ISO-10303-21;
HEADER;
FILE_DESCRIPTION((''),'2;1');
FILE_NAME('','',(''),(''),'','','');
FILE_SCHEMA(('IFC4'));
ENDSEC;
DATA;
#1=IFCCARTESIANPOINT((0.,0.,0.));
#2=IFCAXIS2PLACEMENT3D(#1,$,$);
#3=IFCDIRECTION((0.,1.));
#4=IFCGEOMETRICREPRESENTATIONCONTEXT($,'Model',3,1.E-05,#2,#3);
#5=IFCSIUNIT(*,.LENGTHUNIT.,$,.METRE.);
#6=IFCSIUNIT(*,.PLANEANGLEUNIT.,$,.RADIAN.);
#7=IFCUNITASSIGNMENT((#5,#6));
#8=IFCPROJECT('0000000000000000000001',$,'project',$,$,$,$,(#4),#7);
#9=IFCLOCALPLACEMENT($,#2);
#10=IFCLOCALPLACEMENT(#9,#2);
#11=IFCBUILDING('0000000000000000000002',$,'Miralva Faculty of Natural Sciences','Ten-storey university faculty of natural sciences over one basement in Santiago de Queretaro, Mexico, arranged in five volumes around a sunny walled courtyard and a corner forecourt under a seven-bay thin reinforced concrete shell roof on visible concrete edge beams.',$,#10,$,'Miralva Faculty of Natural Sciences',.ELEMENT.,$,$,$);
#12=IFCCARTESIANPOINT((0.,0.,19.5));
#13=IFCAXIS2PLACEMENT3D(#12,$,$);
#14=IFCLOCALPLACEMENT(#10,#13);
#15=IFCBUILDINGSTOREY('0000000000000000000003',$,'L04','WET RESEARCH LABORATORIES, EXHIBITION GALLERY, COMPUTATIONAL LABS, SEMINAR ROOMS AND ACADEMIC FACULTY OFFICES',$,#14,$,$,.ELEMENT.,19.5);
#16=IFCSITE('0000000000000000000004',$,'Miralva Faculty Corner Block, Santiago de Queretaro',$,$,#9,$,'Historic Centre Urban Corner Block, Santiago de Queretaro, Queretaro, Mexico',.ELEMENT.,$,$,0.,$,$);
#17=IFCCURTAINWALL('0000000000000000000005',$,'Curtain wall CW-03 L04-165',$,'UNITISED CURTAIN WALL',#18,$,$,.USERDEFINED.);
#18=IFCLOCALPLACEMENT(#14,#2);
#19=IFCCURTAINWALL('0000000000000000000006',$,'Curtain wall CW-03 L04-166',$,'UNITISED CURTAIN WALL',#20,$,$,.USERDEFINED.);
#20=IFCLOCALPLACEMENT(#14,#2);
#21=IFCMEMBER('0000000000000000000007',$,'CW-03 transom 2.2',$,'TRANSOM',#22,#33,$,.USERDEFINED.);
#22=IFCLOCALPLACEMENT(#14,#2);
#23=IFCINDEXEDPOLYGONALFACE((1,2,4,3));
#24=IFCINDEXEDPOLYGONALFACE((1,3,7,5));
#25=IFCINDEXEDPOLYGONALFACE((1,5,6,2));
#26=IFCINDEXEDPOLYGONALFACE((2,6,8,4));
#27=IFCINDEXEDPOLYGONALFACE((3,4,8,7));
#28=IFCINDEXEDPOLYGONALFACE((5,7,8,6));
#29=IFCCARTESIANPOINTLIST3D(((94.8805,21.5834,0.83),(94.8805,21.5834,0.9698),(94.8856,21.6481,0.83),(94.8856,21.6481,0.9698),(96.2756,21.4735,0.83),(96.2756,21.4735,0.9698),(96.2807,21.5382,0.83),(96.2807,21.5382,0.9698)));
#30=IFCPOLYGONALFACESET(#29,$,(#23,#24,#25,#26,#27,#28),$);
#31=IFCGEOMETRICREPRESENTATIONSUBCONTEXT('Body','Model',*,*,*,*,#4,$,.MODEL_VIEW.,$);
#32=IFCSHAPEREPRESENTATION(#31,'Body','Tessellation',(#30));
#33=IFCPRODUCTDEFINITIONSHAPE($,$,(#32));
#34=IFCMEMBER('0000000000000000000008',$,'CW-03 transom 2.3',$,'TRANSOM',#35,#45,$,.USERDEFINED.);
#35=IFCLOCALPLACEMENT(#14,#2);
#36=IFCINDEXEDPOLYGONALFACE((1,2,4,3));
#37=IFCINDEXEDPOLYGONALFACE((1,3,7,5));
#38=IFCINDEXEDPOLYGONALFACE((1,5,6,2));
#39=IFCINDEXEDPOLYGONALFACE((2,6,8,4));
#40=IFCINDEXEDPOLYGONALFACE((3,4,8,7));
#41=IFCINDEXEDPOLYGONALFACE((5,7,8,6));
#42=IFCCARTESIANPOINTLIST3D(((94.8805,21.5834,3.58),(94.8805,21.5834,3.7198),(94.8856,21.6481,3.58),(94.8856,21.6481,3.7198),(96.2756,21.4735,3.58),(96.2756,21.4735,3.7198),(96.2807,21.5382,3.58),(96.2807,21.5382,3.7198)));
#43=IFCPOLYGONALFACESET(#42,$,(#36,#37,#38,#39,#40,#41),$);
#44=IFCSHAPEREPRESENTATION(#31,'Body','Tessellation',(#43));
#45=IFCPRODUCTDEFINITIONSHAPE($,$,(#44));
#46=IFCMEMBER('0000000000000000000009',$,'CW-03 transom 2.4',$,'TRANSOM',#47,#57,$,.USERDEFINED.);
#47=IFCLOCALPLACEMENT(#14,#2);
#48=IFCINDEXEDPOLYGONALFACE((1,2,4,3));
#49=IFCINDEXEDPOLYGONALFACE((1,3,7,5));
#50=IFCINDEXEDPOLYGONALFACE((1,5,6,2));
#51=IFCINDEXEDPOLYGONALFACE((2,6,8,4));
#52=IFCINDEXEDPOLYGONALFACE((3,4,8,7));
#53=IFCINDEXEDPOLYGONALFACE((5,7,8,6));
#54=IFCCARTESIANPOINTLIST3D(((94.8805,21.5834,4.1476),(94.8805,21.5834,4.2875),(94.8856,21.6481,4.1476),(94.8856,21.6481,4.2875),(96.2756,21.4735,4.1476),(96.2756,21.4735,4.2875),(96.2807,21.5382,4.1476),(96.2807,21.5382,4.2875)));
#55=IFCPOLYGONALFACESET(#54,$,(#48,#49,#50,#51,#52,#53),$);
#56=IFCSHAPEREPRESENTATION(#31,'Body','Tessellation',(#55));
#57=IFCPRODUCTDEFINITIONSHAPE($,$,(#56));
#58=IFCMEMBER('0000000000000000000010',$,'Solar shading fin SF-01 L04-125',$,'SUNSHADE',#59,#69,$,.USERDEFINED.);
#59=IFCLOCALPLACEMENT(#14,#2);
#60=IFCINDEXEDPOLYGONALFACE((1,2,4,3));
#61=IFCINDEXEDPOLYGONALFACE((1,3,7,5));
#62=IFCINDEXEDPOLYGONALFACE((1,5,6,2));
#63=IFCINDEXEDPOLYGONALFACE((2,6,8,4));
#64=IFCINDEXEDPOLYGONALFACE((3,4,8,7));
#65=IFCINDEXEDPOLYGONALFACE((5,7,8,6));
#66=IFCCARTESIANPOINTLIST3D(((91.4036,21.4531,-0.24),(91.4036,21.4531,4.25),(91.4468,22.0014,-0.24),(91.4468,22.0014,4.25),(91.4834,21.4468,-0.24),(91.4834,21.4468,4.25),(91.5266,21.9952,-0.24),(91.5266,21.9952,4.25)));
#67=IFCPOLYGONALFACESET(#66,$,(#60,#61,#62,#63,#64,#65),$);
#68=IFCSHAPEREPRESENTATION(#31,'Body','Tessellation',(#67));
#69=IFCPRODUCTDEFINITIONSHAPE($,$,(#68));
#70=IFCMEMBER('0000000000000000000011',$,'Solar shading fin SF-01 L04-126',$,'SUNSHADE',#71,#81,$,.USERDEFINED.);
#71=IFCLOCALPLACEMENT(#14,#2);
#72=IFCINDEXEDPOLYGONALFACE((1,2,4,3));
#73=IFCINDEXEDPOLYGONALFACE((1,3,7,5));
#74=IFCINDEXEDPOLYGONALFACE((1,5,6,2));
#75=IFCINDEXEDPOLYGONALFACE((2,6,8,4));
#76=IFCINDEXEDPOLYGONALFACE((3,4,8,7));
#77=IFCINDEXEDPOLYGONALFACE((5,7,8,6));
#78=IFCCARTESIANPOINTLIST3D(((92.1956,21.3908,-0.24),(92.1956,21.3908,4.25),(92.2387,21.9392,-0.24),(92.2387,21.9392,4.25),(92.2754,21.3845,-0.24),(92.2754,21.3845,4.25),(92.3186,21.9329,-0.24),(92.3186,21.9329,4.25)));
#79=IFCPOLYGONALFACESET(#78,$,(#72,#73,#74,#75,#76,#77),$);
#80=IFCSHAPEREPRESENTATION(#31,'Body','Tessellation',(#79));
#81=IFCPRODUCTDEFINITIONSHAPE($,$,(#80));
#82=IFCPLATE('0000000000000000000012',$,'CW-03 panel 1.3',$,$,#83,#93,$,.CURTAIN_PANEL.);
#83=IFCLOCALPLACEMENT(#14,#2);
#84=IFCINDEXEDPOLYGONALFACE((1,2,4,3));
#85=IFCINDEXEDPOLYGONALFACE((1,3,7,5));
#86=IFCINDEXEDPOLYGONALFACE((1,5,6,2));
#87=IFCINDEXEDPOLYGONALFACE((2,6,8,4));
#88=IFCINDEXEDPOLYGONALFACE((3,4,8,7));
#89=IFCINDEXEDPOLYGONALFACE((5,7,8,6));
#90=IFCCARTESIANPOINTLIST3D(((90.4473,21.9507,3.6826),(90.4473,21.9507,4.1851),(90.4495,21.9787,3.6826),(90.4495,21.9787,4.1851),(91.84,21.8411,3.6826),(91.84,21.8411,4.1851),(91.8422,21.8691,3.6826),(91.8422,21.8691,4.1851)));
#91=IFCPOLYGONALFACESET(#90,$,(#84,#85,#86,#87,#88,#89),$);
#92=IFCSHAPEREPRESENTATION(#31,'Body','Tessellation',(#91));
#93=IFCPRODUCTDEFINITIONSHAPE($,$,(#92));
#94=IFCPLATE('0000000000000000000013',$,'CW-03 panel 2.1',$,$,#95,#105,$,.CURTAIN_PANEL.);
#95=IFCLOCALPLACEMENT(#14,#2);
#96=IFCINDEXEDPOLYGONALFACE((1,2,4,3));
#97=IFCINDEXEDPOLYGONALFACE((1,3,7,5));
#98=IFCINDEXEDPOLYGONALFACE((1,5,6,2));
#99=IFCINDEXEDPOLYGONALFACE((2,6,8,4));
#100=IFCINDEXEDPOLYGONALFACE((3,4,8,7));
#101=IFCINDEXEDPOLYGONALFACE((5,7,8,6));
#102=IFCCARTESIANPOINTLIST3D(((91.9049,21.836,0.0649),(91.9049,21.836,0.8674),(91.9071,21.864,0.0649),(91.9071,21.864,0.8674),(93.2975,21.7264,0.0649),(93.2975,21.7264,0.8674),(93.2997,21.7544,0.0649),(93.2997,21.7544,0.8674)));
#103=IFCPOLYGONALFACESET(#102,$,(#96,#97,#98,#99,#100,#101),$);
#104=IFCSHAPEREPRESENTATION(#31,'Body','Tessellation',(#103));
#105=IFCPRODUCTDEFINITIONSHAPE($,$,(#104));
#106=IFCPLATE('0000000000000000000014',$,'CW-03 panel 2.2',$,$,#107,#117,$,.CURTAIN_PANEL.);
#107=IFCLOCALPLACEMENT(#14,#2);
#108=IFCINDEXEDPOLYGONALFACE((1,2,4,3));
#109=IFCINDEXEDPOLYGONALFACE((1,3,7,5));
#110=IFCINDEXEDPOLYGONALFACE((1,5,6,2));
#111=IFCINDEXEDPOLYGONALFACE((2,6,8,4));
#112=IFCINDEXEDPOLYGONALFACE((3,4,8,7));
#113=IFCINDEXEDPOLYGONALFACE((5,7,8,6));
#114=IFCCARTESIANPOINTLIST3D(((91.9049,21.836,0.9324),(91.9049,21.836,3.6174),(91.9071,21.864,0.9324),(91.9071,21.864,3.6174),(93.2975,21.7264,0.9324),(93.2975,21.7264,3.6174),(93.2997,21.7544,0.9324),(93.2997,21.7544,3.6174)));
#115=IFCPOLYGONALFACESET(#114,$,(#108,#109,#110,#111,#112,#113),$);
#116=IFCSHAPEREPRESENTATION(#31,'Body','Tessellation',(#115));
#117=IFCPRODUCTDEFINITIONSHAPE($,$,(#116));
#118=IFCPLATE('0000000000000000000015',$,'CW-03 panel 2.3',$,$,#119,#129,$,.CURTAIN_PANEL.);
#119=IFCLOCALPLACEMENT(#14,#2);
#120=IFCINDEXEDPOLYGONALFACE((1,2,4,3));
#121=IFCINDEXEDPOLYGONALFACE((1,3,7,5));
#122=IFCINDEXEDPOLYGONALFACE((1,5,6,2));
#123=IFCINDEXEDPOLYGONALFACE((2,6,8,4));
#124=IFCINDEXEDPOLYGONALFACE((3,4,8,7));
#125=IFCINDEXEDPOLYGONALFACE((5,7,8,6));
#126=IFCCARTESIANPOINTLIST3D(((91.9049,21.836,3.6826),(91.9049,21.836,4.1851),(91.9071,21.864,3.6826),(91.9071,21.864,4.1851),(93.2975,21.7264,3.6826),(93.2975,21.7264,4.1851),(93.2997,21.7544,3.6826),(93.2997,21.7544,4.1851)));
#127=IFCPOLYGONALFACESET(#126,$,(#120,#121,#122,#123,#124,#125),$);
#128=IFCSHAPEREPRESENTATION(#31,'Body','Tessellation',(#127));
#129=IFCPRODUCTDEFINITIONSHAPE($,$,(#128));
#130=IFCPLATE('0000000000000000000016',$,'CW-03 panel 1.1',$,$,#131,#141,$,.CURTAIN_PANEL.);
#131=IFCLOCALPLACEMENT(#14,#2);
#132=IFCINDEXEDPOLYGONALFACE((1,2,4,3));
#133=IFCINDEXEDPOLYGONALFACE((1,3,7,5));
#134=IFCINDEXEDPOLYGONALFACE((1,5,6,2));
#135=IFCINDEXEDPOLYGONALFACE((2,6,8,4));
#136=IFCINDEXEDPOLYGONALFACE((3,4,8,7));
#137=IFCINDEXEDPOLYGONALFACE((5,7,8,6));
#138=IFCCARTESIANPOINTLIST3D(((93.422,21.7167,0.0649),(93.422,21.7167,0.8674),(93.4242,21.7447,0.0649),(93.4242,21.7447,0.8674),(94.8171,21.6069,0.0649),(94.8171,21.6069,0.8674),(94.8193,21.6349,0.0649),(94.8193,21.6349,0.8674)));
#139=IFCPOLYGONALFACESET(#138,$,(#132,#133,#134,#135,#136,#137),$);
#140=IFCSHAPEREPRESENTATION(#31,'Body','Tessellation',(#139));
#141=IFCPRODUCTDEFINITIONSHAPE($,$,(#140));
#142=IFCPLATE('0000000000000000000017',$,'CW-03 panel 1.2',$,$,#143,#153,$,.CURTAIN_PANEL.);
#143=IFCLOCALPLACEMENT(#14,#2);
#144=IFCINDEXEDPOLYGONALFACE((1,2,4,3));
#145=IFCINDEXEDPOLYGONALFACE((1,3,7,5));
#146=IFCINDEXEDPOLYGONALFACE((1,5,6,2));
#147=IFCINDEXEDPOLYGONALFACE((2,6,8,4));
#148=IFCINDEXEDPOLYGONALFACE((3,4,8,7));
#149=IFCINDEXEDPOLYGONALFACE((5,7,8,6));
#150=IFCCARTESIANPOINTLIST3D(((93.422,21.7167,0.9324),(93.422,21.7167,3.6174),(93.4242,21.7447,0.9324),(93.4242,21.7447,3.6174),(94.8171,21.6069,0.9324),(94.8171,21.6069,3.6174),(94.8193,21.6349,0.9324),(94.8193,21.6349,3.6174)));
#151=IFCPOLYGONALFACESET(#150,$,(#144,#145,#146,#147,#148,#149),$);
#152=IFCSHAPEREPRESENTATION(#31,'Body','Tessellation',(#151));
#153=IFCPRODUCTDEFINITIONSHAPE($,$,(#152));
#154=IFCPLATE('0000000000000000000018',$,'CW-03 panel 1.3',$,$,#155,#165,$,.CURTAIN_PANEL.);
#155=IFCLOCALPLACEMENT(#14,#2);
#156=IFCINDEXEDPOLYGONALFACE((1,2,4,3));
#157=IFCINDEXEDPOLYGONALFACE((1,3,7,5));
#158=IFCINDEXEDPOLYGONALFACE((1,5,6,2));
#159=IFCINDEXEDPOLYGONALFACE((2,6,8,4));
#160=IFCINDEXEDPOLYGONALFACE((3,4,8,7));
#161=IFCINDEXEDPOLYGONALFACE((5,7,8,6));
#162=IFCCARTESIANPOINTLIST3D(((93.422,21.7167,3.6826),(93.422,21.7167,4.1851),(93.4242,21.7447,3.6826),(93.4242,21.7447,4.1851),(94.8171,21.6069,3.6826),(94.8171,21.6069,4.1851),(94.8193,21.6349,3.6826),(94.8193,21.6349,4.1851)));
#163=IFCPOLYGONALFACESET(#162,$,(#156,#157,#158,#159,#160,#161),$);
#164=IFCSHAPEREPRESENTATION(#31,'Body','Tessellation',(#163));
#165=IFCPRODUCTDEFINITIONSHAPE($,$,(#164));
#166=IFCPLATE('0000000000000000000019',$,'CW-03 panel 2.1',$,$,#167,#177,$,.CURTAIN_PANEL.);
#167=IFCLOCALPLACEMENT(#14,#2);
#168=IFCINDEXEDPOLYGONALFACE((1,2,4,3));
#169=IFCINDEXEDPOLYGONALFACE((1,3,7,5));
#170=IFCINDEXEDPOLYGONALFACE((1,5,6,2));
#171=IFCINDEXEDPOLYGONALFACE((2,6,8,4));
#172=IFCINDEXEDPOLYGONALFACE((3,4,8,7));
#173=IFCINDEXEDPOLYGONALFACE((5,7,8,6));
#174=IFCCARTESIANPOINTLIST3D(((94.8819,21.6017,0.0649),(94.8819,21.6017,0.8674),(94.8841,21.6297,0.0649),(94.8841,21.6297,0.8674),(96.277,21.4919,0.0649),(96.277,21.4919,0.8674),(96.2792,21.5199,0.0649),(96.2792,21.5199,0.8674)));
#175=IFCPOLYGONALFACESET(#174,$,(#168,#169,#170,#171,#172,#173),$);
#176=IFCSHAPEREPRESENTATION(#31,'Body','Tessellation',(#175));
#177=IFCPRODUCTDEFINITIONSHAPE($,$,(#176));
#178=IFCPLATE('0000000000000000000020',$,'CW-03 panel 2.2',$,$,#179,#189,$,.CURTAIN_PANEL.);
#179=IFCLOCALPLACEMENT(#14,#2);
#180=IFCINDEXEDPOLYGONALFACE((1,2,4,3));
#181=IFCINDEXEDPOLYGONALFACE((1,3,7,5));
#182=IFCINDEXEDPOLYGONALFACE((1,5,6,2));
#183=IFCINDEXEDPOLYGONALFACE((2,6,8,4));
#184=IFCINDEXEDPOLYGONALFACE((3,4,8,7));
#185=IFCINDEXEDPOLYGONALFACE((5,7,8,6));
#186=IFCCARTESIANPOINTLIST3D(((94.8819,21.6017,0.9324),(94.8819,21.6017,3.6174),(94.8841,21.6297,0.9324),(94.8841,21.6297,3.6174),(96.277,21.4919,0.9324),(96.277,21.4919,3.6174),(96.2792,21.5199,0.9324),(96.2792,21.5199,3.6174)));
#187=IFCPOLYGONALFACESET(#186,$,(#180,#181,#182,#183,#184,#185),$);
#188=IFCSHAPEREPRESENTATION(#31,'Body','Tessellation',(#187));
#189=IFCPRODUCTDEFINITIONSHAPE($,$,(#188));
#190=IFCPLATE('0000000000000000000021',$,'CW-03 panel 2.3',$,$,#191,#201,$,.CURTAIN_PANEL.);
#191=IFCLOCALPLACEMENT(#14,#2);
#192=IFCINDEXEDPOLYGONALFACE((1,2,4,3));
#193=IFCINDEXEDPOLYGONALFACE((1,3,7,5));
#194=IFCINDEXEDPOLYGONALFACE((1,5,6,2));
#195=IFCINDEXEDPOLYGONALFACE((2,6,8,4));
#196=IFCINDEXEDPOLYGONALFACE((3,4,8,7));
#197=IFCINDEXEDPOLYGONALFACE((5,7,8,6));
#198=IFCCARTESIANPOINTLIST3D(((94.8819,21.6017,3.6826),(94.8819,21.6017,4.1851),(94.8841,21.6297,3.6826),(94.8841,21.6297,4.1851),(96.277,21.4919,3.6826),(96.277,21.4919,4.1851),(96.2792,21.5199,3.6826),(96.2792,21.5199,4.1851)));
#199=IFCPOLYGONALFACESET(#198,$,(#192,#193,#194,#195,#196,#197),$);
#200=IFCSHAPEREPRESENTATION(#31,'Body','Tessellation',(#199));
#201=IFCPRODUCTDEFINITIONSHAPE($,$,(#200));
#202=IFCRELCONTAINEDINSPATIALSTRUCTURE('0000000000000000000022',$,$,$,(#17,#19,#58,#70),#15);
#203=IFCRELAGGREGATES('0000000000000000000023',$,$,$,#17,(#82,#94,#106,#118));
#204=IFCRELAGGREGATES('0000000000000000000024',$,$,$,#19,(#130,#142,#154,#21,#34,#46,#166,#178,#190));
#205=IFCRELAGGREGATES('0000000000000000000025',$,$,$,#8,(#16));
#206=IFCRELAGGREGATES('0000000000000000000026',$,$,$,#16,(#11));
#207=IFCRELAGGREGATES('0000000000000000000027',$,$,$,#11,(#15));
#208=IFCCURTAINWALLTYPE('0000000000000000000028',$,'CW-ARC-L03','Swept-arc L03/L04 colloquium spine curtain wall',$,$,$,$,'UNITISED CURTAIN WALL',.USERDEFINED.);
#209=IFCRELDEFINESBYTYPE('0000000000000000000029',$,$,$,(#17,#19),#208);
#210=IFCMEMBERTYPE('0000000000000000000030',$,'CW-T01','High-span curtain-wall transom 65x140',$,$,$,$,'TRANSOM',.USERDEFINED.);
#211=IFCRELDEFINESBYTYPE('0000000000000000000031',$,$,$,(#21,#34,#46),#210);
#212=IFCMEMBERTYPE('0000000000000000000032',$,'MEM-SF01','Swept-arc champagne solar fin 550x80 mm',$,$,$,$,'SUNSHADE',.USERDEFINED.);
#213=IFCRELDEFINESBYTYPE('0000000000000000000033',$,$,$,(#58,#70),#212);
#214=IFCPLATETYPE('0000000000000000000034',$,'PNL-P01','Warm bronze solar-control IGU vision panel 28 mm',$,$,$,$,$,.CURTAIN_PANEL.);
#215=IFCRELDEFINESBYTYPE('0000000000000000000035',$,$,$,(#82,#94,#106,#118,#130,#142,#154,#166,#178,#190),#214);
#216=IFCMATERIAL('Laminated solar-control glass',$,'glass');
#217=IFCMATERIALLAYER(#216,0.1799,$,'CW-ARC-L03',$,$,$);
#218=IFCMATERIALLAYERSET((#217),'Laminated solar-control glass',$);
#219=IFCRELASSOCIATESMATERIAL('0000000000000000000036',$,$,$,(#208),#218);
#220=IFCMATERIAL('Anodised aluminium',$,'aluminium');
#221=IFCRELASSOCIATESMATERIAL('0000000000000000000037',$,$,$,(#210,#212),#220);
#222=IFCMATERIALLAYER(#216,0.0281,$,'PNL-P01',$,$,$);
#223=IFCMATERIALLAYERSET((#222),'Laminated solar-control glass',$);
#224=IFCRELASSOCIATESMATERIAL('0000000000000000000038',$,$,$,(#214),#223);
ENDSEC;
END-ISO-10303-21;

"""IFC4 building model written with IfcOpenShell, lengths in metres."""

from ifc_helpers import new_model, si_unit, direction, frame, origin, origin_2d, place, context, subcontext, project, spatial, rectangle, extrude, material, layer, layer_set, material_profile, profile_set, type_object, element, aggregate, save


model = new_model("IFC4")

# Units and contexts
model_context = context("Model", 3, precision=1e-05, world=origin(), true_north=direction((0.0, 1.0)))
body_context = subcontext(model_context, "Body", "Model", "MODEL_VIEW")
ifc_project = project(units=[si_unit("LENGTHUNIT", "METRE"), si_unit("PLANEANGLEUNIT", "RADIAN")], contexts=[model_context])

# Site, building, storey
site_placement = place(None, origin())
site = spatial("IfcSite", under=ifc_project, at=site_placement, Name="Miralva Faculty Corner Block, Santiago de Queretaro", LongName="Historic Centre Urban Corner Block, Santiago de Queretaro, Queretaro, Mexico", CompositionType="ELEMENT", RefElevation=0.0)
building_placement = place(site_placement, origin())
building = spatial("IfcBuilding", under=site, at=building_placement, Name="Miralva Faculty of Natural Sciences", Description="Ten-storey university faculty of natural sciences over one basement in Santiago de Queretaro, Mexico, arranged in five volumes around a sunny walled courtyard and a corner forecourt under a seven-bay thin reinforced concrete shell roof on visible concrete edge beams.", LongName="Miralva Faculty of Natural Sciences", CompositionType="ELEMENT")
storey_placement = place(building_placement, frame((0.0, 0.0, 19.5)))
storey = spatial("IfcBuildingStorey", under=building, at=storey_placement, Name="L04", Description="WET RESEARCH LABORATORIES, EXHIBITION GALLERY, COMPUTATIONAL LABS, SEMINAR ROOMS AND ACADEMIC FACULTY OFFICES", CompositionType="ELEMENT", Elevation=19.5)

# Curtain walls
ifc_material_1 = material(Name="Laminated solar-control glass", Category="glass")
ifc_layer_1 = layer(ifc_material_1, 0.1799, Name="CW-ARC-L03")
ifc_layer_set_1 = layer_set([ifc_layer_1], Name="Laminated solar-control glass")
curtain_wall_type = type_object("IfcCurtainWallType", Name="CW-ARC-L03", Description="Swept-arc L03/L04 colloquium spine curtain wall", ElementType="UNITISED CURTAIN WALL", PredefinedType="USERDEFINED", material=ifc_layer_set_1)
curtain_wall_1_placement = place(storey_placement, origin())
curtain_wall_1 = element("IfcCurtainWall", 1, at=curtain_wall_1_placement, inside=storey, type_object=curtain_wall_type, Name="Curtain wall CW-03 L04-165", ObjectType="UNITISED CURTAIN WALL", PredefinedType="USERDEFINED")
ifc_material_2 = material(Name="Anodised aluminium", Category="aluminium")
curtain_wall_2_placement = place(storey_placement, origin())
curtain_wall_2 = element("IfcCurtainWall", 2, at=curtain_wall_2_placement, inside=storey, type_object=curtain_wall_type, Name="Curtain wall CW-03 L04-166", ObjectType="UNITISED CURTAIN WALL", PredefinedType="USERDEFINED")

# Members
ifc_material_profile_1 = material_profile(ifc_material_2, rectangle(XDim=0.0649, YDim=0.1399, at=origin_2d()), Name="TRANSOM 65x140")
ifc_profile_set_1 = profile_set([ifc_material_profile_1], Name="Anodised aluminium")
member_type_1 = type_object("IfcMemberType", Name="CW-T01", Description="High-span curtain-wall transom 65x140", ElementType="TRANSOM", PredefinedType="USERDEFINED", material=ifc_profile_set_1)
member_1_placement = place(storey_placement, frame((94.8831, 21.6157, 0.8999), z_axis=(0.996913, -0.078511, 0.0), x_axis=(0.078511, 0.996913, 0.0)))
member_1 = element("IfcMember", 3, at=member_1_placement, type_object=member_type_1, Name="CW-03 transom 2.2", ObjectType="TRANSOM", PredefinedType="USERDEFINED", context=body_context, shape_type="SweptSolid", body=[
    extrude(rectangle(XDim=0.0649, YDim=0.1399, at=origin_2d()), origin(), (0.0, 0.0, 1.0), 1.3994),
])
member_2_placement = place(storey_placement, frame((94.8831, 21.6157, 3.6499), z_axis=(0.996913, -0.078511, 0.0), x_axis=(0.078511, 0.996913, 0.0)))
member_2 = element("IfcMember", 4, at=member_2_placement, type_object=member_type_1, Name="CW-03 transom 2.3", ObjectType="TRANSOM", PredefinedType="USERDEFINED", context=body_context, shape_type="SweptSolid", body=[
    extrude(rectangle(XDim=0.0649, YDim=0.1399, at=origin_2d()), origin(), (0.0, 0.0, 1.0), 1.3994),
])
member_3_placement = place(storey_placement, frame((94.8831, 21.6157, 4.2175), z_axis=(0.996913, -0.078511, 0.0), x_axis=(0.078511, 0.996913, 0.0)))
member_3 = element("IfcMember", 5, at=member_3_placement, type_object=member_type_1, Name="CW-03 transom 2.4", ObjectType="TRANSOM", PredefinedType="USERDEFINED", context=body_context, shape_type="SweptSolid", body=[
    extrude(rectangle(XDim=0.0649, YDim=0.1399, at=origin_2d()), origin(), (0.0, 0.0, 1.0), 1.3994),
])

# Members
ifc_material_profile_2 = material_profile(ifc_material_2, rectangle(XDim=0.0801, YDim=0.55, at=origin_2d()), Name="FIN 550x80")
ifc_profile_set_2 = profile_set([ifc_material_profile_2], Name="Anodised aluminium")
member_type_2 = type_object("IfcMemberType", Name="MEM-SF01", Description="Swept-arc champagne solar fin 550x80 mm", ElementType="SUNSHADE", PredefinedType="USERDEFINED", material=ifc_profile_set_2)
for number, where, z_axis, x_axis, name in (
    (6, (91.4651, 21.7241, -0.24), (0.0, 0.0, 1.0), (0.996917, -0.078459, 0.0), "Solar shading fin SF-01 L04-125"),
    (7, (92.2571, 21.6619, -0.24), (0.0, 0.0, 1.0), (0.996917, -0.078459, 0.0), "Solar shading fin SF-01 L04-126"),
):
    element("IfcMember", number, at=place(storey_placement, frame(where, z_axis=z_axis, x_axis=x_axis)), inside=storey, type_object=member_type_2, Name=name, ObjectType="SUNSHADE", PredefinedType="USERDEFINED", context=body_context, shape_type="SweptSolid", body=[
        extrude(rectangle(XDim=0.0801, YDim=0.55, at=origin_2d()), origin(), (0.0, 0.0, 1.0), 4.49),
    ])

# Plates
ifc_layer_2 = layer(ifc_material_1, 0.0281, Name="PNL-P01")
ifc_layer_set_2 = layer_set([ifc_layer_2], Name="Laminated solar-control glass")
plate_type = type_object("IfcPlateType", Name="PNL-P01", Description="Warm bronze solar-control IGU vision panel 28 mm", PredefinedType="CURTAIN_PANEL", material=ifc_layer_set_2)
plate_1_placement = place(storey_placement, frame((91.1448, 21.9099, 3.6826), z_axis=(0.0, 0.0, 1.0), x_axis=(0.996917, -0.078462, 0.0)))
plate_1 = element("IfcPlate", 8, at=plate_1_placement, type_object=plate_type, Name="CW-03 panel 1.3", PredefinedType="CURTAIN_PANEL", context=body_context, shape_type="SweptSolid", body=[
    extrude(rectangle(XDim=1.397, YDim=0.0281, at=origin_2d()), origin(), (0.0, 0.0, 1.0), 0.5024),
])
plate_2_placement = place(storey_placement, frame((92.6023, 21.7952, 0.0649), z_axis=(0.0, 0.0, 1.0), x_axis=(0.996917, -0.078462, 0.0)))
plate_2 = element("IfcPlate", 9, at=plate_2_placement, type_object=plate_type, Name="CW-03 panel 2.1", PredefinedType="CURTAIN_PANEL", context=body_context, shape_type="SweptSolid", body=[
    extrude(rectangle(XDim=1.397, YDim=0.0281, at=origin_2d()), origin(), (0.0, 0.0, 1.0), 0.8025),
])
plate_3_placement = place(storey_placement, frame((92.6023, 21.7952, 0.9324), z_axis=(0.0, 0.0, 1.0), x_axis=(0.996917, -0.078462, 0.0)))
plate_3 = element("IfcPlate", 10, at=plate_3_placement, type_object=plate_type, Name="CW-03 panel 2.2", PredefinedType="CURTAIN_PANEL", context=body_context, shape_type="SweptSolid", body=[
    extrude(rectangle(XDim=1.397, YDim=0.0281, at=origin_2d()), origin(), (0.0, 0.0, 1.0), 2.6851),
])
plate_4_placement = place(storey_placement, frame((92.6023, 21.7952, 3.6826), z_axis=(0.0, 0.0, 1.0), x_axis=(0.996917, -0.078462, 0.0)))
plate_4 = element("IfcPlate", 11, at=plate_4_placement, type_object=plate_type, Name="CW-03 panel 2.3", PredefinedType="CURTAIN_PANEL", context=body_context, shape_type="SweptSolid", body=[
    extrude(rectangle(XDim=1.397, YDim=0.0281, at=origin_2d()), origin(), (0.0, 0.0, 1.0), 0.5024),
])
aggregate(curtain_wall_1, [plate_1, plate_2, plate_3, plate_4])
plate_5_placement = place(storey_placement, frame((94.1206, 21.6758, 0.0649), z_axis=(0.0, 0.0, 1.0), x_axis=(0.996917, -0.078461, 0.0)))
plate_5 = element("IfcPlate", 12, at=plate_5_placement, type_object=plate_type, Name="CW-03 panel 1.1", PredefinedType="CURTAIN_PANEL", context=body_context, shape_type="SweptSolid", body=[
    extrude(rectangle(XDim=1.3994, YDim=0.0281, at=origin_2d()), origin(), (0.0, 0.0, 1.0), 0.8025),
])
plate_6_placement = place(storey_placement, frame((94.1206, 21.6758, 0.9324), z_axis=(0.0, 0.0, 1.0), x_axis=(0.996917, -0.078461, 0.0)))
plate_6 = element("IfcPlate", 13, at=plate_6_placement, type_object=plate_type, Name="CW-03 panel 1.2", PredefinedType="CURTAIN_PANEL", context=body_context, shape_type="SweptSolid", body=[
    extrude(rectangle(XDim=1.3994, YDim=0.0281, at=origin_2d()), origin(), (0.0, 0.0, 1.0), 2.6851),
])
plate_7_placement = place(storey_placement, frame((94.1206, 21.6758, 3.6826), z_axis=(0.0, 0.0, 1.0), x_axis=(0.996917, -0.078461, 0.0)))
plate_7 = element("IfcPlate", 14, at=plate_7_placement, type_object=plate_type, Name="CW-03 panel 1.3", PredefinedType="CURTAIN_PANEL", context=body_context, shape_type="SweptSolid", body=[
    extrude(rectangle(XDim=1.3994, YDim=0.0281, at=origin_2d()), origin(), (0.0, 0.0, 1.0), 0.5024),
])
plate_8_placement = place(storey_placement, frame((95.5806, 21.5608, 0.0649), z_axis=(0.0, 0.0, 1.0), x_axis=(0.996917, -0.078461, 0.0)))
plate_8 = element("IfcPlate", 15, at=plate_8_placement, type_object=plate_type, Name="CW-03 panel 2.1", PredefinedType="CURTAIN_PANEL", context=body_context, shape_type="SweptSolid", body=[
    extrude(rectangle(XDim=1.3994, YDim=0.0281, at=origin_2d()), origin(), (0.0, 0.0, 1.0), 0.8025),
])
plate_9_placement = place(storey_placement, frame((95.5806, 21.5608, 0.9324), z_axis=(0.0, 0.0, 1.0), x_axis=(0.996917, -0.078461, 0.0)))
plate_9 = element("IfcPlate", 16, at=plate_9_placement, type_object=plate_type, Name="CW-03 panel 2.2", PredefinedType="CURTAIN_PANEL", context=body_context, shape_type="SweptSolid", body=[
    extrude(rectangle(XDim=1.3994, YDim=0.0281, at=origin_2d()), origin(), (0.0, 0.0, 1.0), 2.6851),
])
plate_10_placement = place(storey_placement, frame((95.5806, 21.5608, 3.6826), z_axis=(0.0, 0.0, 1.0), x_axis=(0.996917, -0.078461, 0.0)))
plate_10 = element("IfcPlate", 17, at=plate_10_placement, type_object=plate_type, Name="CW-03 panel 2.3", PredefinedType="CURTAIN_PANEL", context=body_context, shape_type="SweptSolid", body=[
    extrude(rectangle(XDim=1.3994, YDim=0.0281, at=origin_2d()), origin(), (0.0, 0.0, 1.0), 0.5024),
])
aggregate(curtain_wall_2, [plate_5, plate_6, plate_7, member_1, member_2, member_3, plate_8, plate_9, plate_10])

save(model, "model.ifc")
